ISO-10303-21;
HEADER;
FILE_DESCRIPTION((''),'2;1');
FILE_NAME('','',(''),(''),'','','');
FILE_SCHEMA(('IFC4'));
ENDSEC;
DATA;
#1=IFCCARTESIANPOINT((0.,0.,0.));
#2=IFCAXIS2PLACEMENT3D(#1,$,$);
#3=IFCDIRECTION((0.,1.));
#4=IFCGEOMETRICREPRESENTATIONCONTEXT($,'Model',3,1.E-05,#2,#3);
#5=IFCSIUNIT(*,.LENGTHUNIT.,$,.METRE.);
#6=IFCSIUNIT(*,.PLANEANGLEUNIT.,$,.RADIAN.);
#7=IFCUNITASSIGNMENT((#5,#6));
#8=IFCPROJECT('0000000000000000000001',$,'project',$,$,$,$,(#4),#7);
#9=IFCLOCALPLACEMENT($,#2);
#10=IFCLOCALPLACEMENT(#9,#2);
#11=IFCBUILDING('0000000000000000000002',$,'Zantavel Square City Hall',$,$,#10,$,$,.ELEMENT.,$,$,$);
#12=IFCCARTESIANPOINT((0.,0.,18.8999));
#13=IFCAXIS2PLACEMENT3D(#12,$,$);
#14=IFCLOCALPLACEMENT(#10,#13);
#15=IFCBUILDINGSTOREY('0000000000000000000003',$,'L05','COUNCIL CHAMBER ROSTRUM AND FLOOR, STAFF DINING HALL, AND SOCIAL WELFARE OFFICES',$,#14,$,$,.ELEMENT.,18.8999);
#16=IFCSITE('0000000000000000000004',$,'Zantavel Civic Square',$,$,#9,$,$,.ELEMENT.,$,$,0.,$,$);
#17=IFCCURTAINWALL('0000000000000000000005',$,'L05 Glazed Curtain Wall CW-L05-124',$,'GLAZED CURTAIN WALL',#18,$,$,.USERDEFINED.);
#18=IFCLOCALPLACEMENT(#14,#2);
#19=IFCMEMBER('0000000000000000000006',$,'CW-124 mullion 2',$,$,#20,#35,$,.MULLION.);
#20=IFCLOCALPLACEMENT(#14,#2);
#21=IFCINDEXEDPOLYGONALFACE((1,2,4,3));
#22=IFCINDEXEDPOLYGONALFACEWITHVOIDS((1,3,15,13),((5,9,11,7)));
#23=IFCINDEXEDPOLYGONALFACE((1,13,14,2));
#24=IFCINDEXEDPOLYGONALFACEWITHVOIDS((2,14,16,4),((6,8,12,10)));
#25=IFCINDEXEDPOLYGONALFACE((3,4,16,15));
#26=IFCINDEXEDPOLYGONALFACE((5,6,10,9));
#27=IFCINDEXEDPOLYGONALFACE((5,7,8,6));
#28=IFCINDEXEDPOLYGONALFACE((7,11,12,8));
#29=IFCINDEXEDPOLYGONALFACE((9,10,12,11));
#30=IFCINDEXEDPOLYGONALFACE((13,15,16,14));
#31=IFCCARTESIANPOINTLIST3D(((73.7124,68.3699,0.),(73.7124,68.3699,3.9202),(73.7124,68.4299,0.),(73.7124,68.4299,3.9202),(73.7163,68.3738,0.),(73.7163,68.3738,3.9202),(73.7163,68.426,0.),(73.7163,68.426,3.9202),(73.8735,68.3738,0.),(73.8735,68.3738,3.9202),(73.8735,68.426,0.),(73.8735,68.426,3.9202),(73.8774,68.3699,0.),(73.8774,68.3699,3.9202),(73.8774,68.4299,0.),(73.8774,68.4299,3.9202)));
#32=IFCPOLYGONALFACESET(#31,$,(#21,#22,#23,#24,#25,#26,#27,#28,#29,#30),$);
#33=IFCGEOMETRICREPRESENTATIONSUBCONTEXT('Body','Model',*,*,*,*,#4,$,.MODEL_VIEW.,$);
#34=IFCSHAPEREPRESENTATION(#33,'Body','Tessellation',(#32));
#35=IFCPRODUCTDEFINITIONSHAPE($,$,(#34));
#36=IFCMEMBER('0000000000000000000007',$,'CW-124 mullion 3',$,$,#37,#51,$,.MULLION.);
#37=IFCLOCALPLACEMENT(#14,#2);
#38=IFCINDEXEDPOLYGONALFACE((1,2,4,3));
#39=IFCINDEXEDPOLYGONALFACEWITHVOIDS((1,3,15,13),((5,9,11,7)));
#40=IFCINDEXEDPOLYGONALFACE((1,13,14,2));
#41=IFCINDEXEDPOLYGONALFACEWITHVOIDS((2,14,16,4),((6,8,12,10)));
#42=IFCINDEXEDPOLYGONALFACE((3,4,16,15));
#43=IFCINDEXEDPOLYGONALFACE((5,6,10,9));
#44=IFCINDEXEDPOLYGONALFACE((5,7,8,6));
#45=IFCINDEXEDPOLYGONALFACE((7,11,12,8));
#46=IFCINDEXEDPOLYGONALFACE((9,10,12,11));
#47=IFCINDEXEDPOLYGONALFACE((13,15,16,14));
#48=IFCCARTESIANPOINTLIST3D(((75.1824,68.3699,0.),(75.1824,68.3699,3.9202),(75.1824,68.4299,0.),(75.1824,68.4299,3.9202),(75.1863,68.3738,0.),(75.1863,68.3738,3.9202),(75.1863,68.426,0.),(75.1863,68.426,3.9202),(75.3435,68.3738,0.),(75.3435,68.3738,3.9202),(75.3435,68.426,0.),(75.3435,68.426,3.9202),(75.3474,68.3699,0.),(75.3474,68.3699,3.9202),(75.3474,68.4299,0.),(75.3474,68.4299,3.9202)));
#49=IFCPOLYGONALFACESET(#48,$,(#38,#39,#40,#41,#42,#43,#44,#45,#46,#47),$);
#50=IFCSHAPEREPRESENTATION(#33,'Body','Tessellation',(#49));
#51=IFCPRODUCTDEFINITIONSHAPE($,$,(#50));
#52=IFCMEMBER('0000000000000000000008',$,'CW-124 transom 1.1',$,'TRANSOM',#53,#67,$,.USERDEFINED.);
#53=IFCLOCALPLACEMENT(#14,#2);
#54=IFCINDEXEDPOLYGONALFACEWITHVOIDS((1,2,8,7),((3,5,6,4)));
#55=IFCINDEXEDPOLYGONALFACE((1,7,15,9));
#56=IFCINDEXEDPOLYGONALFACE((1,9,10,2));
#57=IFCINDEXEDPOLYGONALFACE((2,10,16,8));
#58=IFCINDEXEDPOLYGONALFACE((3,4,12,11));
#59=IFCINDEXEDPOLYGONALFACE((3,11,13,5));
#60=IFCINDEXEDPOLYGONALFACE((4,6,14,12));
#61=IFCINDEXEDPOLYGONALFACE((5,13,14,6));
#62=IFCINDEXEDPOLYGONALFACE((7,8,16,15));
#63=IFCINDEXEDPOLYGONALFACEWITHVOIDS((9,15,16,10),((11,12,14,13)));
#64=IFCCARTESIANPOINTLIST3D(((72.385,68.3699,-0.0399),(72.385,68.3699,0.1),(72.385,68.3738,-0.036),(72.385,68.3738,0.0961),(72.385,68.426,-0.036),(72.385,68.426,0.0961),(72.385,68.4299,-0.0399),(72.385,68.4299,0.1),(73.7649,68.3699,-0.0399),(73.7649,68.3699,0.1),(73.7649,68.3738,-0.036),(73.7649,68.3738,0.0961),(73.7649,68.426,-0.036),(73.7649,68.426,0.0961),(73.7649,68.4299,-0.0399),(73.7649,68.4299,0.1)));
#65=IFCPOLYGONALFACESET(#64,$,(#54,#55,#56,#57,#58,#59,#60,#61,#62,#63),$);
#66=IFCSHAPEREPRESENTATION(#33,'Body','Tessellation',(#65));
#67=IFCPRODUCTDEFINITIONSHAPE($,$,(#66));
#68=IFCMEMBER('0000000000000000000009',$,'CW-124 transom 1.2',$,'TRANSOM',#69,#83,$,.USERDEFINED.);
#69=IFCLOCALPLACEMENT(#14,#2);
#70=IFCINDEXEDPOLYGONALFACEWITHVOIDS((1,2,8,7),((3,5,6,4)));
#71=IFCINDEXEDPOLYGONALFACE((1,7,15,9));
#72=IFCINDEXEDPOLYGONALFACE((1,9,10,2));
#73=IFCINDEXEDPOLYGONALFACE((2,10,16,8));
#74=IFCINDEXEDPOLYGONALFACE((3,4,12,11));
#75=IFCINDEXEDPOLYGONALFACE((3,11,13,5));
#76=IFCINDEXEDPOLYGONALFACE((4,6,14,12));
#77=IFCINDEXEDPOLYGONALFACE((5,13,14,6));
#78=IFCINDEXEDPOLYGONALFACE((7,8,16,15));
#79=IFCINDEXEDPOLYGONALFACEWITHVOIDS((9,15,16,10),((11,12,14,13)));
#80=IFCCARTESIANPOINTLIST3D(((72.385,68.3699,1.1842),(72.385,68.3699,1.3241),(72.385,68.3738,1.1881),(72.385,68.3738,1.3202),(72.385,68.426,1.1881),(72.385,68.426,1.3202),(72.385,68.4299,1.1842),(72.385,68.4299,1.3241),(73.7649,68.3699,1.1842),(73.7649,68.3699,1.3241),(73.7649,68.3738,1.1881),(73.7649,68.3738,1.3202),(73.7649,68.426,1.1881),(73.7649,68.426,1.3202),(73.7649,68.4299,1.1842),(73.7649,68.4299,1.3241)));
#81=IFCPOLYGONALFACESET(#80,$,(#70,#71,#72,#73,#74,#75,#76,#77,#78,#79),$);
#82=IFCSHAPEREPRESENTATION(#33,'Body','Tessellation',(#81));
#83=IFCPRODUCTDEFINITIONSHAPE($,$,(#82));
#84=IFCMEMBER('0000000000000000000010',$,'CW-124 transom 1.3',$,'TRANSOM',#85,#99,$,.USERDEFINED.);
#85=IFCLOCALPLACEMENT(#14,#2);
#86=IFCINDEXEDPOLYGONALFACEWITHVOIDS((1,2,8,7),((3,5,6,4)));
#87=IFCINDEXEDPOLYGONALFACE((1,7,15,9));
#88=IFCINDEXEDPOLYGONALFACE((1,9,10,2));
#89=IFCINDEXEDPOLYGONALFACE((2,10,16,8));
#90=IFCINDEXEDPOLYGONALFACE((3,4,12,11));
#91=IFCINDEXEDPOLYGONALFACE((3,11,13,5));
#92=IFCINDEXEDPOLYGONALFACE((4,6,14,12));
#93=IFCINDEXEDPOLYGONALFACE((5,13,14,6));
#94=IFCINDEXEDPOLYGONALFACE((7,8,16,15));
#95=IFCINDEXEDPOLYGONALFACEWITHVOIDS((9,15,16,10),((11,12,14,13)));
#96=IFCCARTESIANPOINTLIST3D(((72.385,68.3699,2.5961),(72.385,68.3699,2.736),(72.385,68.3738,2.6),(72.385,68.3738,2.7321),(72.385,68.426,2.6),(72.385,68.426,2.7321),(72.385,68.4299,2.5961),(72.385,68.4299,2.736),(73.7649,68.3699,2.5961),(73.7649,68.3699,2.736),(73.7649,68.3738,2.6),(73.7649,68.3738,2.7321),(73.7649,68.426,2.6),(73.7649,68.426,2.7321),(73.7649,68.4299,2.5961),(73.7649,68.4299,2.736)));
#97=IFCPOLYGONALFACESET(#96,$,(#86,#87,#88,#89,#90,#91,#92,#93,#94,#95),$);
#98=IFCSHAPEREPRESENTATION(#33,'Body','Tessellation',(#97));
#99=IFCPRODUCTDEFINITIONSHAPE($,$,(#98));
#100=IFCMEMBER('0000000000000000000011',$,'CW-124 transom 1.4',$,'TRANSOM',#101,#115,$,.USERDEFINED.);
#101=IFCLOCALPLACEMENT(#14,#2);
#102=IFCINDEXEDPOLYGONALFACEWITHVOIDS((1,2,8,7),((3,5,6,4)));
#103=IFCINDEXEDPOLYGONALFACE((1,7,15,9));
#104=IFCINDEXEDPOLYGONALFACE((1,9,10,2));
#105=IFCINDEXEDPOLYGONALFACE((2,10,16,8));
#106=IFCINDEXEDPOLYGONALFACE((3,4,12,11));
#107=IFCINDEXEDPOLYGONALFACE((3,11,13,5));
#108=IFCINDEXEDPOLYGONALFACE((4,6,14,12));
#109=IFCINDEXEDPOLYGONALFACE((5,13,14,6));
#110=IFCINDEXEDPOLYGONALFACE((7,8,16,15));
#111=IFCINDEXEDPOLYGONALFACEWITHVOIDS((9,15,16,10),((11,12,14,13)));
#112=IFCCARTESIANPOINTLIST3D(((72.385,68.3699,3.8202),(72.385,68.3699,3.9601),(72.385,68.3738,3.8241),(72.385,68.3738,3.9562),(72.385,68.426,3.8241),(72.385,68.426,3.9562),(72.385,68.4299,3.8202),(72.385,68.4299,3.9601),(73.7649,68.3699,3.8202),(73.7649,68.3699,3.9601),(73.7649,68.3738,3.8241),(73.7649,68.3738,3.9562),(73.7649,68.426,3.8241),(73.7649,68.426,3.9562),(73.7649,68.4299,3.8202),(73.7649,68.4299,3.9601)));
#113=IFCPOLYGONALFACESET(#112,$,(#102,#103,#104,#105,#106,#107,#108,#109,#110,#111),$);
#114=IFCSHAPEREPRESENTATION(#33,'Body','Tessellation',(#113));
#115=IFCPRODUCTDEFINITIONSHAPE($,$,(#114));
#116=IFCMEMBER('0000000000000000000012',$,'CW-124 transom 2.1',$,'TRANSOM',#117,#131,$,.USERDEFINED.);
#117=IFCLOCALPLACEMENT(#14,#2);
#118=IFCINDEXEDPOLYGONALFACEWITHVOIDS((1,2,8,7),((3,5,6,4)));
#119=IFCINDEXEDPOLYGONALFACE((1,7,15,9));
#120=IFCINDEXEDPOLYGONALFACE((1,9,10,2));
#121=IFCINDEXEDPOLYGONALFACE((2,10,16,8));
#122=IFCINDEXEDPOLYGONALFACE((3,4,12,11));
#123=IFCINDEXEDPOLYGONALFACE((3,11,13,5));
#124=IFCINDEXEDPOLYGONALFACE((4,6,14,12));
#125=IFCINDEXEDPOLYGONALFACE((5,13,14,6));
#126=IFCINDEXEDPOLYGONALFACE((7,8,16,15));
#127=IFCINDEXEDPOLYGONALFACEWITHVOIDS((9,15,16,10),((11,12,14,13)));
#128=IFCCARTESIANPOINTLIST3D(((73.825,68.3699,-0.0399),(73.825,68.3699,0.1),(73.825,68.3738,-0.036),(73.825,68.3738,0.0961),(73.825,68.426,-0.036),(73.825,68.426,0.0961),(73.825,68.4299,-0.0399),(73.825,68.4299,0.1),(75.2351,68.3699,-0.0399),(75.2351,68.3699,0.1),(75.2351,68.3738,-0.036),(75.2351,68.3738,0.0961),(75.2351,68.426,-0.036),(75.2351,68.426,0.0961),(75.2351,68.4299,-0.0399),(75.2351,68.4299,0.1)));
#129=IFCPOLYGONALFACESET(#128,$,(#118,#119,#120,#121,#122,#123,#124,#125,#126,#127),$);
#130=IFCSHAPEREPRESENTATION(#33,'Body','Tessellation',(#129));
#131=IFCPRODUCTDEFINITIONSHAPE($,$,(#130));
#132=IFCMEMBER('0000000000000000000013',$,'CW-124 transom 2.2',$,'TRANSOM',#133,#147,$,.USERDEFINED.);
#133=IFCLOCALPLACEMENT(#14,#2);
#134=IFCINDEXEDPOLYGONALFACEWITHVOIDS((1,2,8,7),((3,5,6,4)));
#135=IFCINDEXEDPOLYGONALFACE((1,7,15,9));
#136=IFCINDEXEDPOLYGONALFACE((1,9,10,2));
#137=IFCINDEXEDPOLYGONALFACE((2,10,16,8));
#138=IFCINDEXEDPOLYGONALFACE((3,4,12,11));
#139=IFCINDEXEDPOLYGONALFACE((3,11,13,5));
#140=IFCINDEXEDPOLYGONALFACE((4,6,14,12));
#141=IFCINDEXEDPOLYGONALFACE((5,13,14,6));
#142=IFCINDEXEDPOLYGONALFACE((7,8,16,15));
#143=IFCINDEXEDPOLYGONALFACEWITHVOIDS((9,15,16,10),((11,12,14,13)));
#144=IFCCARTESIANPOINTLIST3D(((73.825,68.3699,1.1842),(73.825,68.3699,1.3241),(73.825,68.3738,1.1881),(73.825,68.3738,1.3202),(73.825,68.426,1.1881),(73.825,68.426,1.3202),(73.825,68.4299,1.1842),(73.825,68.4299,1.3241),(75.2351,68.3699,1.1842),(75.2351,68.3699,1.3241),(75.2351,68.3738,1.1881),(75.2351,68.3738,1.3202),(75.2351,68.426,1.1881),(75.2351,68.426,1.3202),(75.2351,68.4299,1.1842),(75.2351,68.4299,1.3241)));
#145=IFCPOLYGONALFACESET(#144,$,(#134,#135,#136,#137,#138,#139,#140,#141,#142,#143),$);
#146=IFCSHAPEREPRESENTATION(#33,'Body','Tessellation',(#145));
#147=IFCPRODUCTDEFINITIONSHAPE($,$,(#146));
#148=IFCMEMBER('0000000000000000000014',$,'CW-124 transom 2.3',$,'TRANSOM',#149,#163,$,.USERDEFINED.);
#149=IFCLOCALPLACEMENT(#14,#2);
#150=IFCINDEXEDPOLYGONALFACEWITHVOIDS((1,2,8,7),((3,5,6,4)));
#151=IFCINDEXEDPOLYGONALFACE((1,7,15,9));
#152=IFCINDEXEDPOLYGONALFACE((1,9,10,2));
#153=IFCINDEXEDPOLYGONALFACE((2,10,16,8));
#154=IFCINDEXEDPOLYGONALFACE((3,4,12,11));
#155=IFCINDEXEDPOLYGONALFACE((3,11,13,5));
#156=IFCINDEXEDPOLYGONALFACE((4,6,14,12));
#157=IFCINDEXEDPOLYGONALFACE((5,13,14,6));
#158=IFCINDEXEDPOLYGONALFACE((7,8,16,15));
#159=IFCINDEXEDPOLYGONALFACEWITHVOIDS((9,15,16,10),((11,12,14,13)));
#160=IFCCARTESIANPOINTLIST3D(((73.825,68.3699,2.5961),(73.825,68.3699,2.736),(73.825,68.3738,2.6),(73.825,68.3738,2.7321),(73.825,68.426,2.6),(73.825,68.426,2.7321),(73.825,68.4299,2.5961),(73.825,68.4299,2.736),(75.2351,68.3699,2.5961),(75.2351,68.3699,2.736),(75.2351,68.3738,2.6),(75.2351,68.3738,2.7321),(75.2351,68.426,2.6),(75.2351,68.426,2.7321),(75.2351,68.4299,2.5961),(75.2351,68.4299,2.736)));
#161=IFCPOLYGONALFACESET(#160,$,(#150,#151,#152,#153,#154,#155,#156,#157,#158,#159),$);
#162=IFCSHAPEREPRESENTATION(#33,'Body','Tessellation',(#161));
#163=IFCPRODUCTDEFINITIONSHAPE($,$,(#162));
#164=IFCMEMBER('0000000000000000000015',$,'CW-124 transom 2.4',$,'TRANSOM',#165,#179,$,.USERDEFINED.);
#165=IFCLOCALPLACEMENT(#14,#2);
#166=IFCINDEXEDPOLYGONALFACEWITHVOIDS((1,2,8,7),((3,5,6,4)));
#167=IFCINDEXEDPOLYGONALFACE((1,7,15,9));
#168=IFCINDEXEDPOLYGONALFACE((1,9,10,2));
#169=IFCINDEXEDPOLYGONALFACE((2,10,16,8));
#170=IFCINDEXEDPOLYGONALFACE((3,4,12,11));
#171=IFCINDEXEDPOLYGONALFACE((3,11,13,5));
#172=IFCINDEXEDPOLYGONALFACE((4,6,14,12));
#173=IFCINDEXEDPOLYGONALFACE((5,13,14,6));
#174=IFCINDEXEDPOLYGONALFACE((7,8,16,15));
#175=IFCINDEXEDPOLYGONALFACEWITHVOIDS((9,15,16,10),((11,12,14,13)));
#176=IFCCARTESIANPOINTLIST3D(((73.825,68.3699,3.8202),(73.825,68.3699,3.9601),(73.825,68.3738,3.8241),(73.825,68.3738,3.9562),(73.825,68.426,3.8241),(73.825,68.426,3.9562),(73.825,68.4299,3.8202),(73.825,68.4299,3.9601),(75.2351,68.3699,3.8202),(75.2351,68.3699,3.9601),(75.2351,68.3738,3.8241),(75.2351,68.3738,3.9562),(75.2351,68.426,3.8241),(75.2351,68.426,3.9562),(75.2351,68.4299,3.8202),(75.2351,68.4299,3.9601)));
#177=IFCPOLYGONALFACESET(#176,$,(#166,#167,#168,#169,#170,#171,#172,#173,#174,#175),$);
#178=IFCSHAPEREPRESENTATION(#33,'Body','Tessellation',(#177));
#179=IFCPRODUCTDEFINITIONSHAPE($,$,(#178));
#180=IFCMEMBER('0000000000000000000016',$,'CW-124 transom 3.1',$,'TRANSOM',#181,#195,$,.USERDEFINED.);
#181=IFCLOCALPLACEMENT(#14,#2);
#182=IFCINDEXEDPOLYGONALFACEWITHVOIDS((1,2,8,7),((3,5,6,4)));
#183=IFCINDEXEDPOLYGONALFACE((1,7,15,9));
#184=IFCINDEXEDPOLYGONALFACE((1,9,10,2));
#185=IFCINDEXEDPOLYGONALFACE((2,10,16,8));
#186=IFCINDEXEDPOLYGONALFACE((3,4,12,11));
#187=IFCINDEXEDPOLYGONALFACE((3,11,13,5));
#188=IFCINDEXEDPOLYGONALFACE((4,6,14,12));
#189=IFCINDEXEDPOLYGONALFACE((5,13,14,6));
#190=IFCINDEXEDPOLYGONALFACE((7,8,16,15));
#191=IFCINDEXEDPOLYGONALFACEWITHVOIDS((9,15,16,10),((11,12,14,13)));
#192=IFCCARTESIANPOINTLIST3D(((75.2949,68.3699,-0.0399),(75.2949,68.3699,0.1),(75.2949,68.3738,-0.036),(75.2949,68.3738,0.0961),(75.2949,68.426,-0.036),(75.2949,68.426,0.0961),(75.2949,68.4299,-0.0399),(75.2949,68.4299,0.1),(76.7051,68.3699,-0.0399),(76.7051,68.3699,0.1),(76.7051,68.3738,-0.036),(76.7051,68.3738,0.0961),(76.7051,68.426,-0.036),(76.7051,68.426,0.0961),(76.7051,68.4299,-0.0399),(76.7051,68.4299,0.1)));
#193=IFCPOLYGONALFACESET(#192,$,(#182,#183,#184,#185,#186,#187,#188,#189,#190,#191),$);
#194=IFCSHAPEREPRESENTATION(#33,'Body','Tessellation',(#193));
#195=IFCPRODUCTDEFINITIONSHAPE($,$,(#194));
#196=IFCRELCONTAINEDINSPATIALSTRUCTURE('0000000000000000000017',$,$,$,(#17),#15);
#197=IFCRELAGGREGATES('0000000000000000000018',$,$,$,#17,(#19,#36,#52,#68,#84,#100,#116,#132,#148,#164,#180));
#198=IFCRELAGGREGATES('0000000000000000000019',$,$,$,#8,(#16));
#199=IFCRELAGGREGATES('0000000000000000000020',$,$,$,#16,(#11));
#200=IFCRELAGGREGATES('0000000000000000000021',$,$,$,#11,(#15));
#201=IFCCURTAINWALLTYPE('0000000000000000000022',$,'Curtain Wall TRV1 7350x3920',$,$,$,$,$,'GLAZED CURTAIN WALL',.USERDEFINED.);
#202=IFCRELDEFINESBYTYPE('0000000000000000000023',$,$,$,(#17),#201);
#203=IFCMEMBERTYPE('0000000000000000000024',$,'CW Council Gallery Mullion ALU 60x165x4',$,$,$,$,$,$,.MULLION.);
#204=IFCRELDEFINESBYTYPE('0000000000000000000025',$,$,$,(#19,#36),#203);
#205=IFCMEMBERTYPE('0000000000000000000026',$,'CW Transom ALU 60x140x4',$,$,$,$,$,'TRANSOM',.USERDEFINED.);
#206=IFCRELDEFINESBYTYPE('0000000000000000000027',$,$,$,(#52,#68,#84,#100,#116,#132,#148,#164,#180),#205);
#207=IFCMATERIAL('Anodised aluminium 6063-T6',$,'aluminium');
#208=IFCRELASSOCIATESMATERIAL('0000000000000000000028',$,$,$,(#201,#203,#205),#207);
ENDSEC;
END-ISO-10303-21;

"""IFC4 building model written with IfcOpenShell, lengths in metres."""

from ifc_helpers import new_model, si_unit, direction, frame, origin, origin_2d, place, context, subcontext, project, spatial, hollow_rectangle, extrude, material, material_profile, profile_set, type_object, element, aggregate, save


model = new_model("IFC4")

# Units and contexts
model_context = context("Model", 3, precision=1e-05, world=origin(), true_north=direction((0.0, 1.0)))
body_context = subcontext(model_context, "Body", "Model", "MODEL_VIEW")
ifc_project = project(units=[si_unit("LENGTHUNIT", "METRE"), si_unit("PLANEANGLEUNIT", "RADIAN")], contexts=[model_context])

# Site, building, storey
site_placement = place(None, origin())
site = spatial("IfcSite", under=ifc_project, at=site_placement, Name="Zantavel Civic Square", CompositionType="ELEMENT", RefElevation=0.0)
building_placement = place(site_placement, origin())
building = spatial("IfcBuilding", under=site, at=building_placement, Name="Zantavel Square City Hall", CompositionType="ELEMENT")
storey_placement = place(building_placement, frame((0.0, 0.0, 18.8999)))
storey = spatial("IfcBuildingStorey", under=building, at=storey_placement, Name="L05", Description="COUNCIL CHAMBER ROSTRUM AND FLOOR, STAFF DINING HALL, AND SOCIAL WELFARE OFFICES", CompositionType="ELEMENT", Elevation=18.8999)

# Curtain wall, members
ifc_material_1 = material(Name="Anodised aluminium 6063-T6", Category="aluminium")
curtain_wall_type = type_object("IfcCurtainWallType", Name="Curtain Wall TRV1 7350x3920", ElementType="GLAZED CURTAIN WALL", PredefinedType="USERDEFINED", material=ifc_material_1)
curtain_wall_placement = place(storey_placement, origin())
curtain_wall = element("IfcCurtainWall", 1, at=curtain_wall_placement, inside=storey, type_object=curtain_wall_type, Name="L05 Glazed Curtain Wall CW-L05-124", ObjectType="GLAZED CURTAIN WALL", PredefinedType="USERDEFINED")
ifc_material_profile_1 = material_profile(ifc_material_1, hollow_rectangle(XDim=0.0601, YDim=0.165, WallThickness=0.0039, at=origin_2d()), Name="ALU 60x165x4")
ifc_profile_set_1 = profile_set([ifc_material_profile_1], Name="Anodised aluminium 6063-T6")
member_type_1 = type_object("IfcMemberType", Name="CW Council Gallery Mullion ALU 60x165x4", PredefinedType="MULLION", material=ifc_profile_set_1)
member_1_placement = place(storey_placement, frame((73.7949, 68.3999, 0.0), z_axis=(0.0, 0.0, 1.0), x_axis=(0.0, 1.0, 0.0)))
member_1 = element("IfcMember", 2, at=member_1_placement, type_object=member_type_1, Name="CW-124 mullion 2", PredefinedType="MULLION", context=body_context, shape_type="SweptSolid", body=[
    extrude(hollow_rectangle(XDim=0.0601, YDim=0.165, WallThickness=0.0039, at=origin_2d()), origin(), (0.0, 0.0, 1.0), 3.9202),
])
member_2_placement = place(storey_placement, frame((75.2649, 68.3999, 0.0), z_axis=(0.0, 0.0, 1.0), x_axis=(0.0, 1.0, 0.0)))
member_2 = element("IfcMember", 3, at=member_2_placement, type_object=member_type_1, Name="CW-124 mullion 3", PredefinedType="MULLION", context=body_context, shape_type="SweptSolid", body=[
    extrude(hollow_rectangle(XDim=0.0601, YDim=0.165, WallThickness=0.0039, at=origin_2d()), origin(), (0.0, 0.0, 1.0), 3.9202),
])
ifc_material_profile_2 = material_profile(ifc_material_1, hollow_rectangle(XDim=0.0601, YDim=0.1399, WallThickness=0.0039, at=origin_2d()), Name="ALU 60x140x4")
ifc_profile_set_2 = profile_set([ifc_material_profile_2], Name="Anodised aluminium 6063-T6")
member_type_2 = type_object("IfcMemberType", Name="CW Transom ALU 60x140x4", ElementType="TRANSOM", PredefinedType="USERDEFINED", material=ifc_profile_set_2)
member_3_placement = place(storey_placement, frame((72.385, 68.3999, 0.03), z_axis=(1.0, 0.0, 0.0), x_axis=(0.0, 1.0, 0.0)))
member_3 = element("IfcMember", 4, at=member_3_placement, type_object=member_type_2, Name="CW-124 transom 1.1", ObjectType="TRANSOM", PredefinedType="USERDEFINED", context=body_context, shape_type="SweptSolid", body=[
    extrude(hollow_rectangle(XDim=0.0601, YDim=0.1399, WallThickness=0.0039, at=origin_2d()), origin(), (0.0, 0.0, 1.0), 1.3799),
])
member_4_placement = place(storey_placement, frame((72.385, 68.3999, 1.2542), z_axis=(1.0, 0.0, 0.0), x_axis=(0.0, 1.0, 0.0)))
member_4 = element("IfcMember", 5, at=member_4_placement, type_object=member_type_2, Name="CW-124 transom 1.2", ObjectType="TRANSOM", PredefinedType="USERDEFINED", context=body_context, shape_type="SweptSolid", body=[
    extrude(hollow_rectangle(XDim=0.0601, YDim=0.1399, WallThickness=0.0039, at=origin_2d()), origin(), (0.0, 0.0, 1.0), 1.3799),
])
member_5_placement = place(storey_placement, frame((72.385, 68.3999, 2.666), z_axis=(1.0, 0.0, 0.0), x_axis=(0.0, 1.0, 0.0)))
member_5 = element("IfcMember", 6, at=member_5_placement, type_object=member_type_2, Name="CW-124 transom 1.3", ObjectType="TRANSOM", PredefinedType="USERDEFINED", context=body_context, shape_type="SweptSolid", body=[
    extrude(hollow_rectangle(XDim=0.0601, YDim=0.1399, WallThickness=0.0039, at=origin_2d()), origin(), (0.0, 0.0, 1.0), 1.3799),
])
member_6_placement = place(storey_placement, frame((72.385, 68.3999, 3.8901), z_axis=(1.0, 0.0, 0.0), x_axis=(0.0, 1.0, 0.0)))
member_6 = element("IfcMember", 7, at=member_6_placement, type_object=member_type_2, Name="CW-124 transom 1.4", ObjectType="TRANSOM", PredefinedType="USERDEFINED", context=body_context, shape_type="SweptSolid", body=[
    extrude(hollow_rectangle(XDim=0.0601, YDim=0.1399, WallThickness=0.0039, at=origin_2d()), origin(), (0.0, 0.0, 1.0), 1.3799),
])
member_7_placement = place(storey_placement, frame((73.825, 68.3999, 0.03), z_axis=(1.0, 0.0, 0.0), x_axis=(0.0, 1.0, 0.0)))
member_7 = element("IfcMember", 8, at=member_7_placement, type_object=member_type_2, Name="CW-124 transom 2.1", ObjectType="TRANSOM", PredefinedType="USERDEFINED", context=body_context, shape_type="SweptSolid", body=[
    extrude(hollow_rectangle(XDim=0.0601, YDim=0.1399, WallThickness=0.0039, at=origin_2d()), origin(), (0.0, 0.0, 1.0), 1.4102),
])
member_8_placement = place(storey_placement, frame((73.825, 68.3999, 1.2542), z_axis=(1.0, 0.0, 0.0), x_axis=(0.0, 1.0, 0.0)))
member_8 = element("IfcMember", 9, at=member_8_placement, type_object=member_type_2, Name="CW-124 transom 2.2", ObjectType="TRANSOM", PredefinedType="USERDEFINED", context=body_context, shape_type="SweptSolid", body=[
    extrude(hollow_rectangle(XDim=0.0601, YDim=0.1399, WallThickness=0.0039, at=origin_2d()), origin(), (0.0, 0.0, 1.0), 1.4102),
])
member_9_placement = place(storey_placement, frame((73.825, 68.3999, 2.666), z_axis=(1.0, 0.0, 0.0), x_axis=(0.0, 1.0, 0.0)))
member_9 = element("IfcMember", 10, at=member_9_placement, type_object=member_type_2, Name="CW-124 transom 2.3", ObjectType="TRANSOM", PredefinedType="USERDEFINED", context=body_context, shape_type="SweptSolid", body=[
    extrude(hollow_rectangle(XDim=0.0601, YDim=0.1399, WallThickness=0.0039, at=origin_2d()), origin(), (0.0, 0.0, 1.0), 1.4102),
])
member_10_placement = place(storey_placement, frame((73.825, 68.3999, 3.8901), z_axis=(1.0, 0.0, 0.0), x_axis=(0.0, 1.0, 0.0)))
member_10 = element("IfcMember", 11, at=member_10_placement, type_object=member_type_2, Name="CW-124 transom 2.4", ObjectType="TRANSOM", PredefinedType="USERDEFINED", context=body_context, shape_type="SweptSolid", body=[
    extrude(hollow_rectangle(XDim=0.0601, YDim=0.1399, WallThickness=0.0039, at=origin_2d()), origin(), (0.0, 0.0, 1.0), 1.4102),
])
member_11_placement = place(storey_placement, frame((75.2949, 68.3999, 0.03), z_axis=(1.0, 0.0, 0.0), x_axis=(0.0, 1.0, 0.0)))
member_11 = element("IfcMember", 12, at=member_11_placement, type_object=member_type_2, Name="CW-124 transom 3.1", ObjectType="TRANSOM", PredefinedType="USERDEFINED", context=body_context, shape_type="SweptSolid", body=[
    extrude(hollow_rectangle(XDim=0.0601, YDim=0.1399, WallThickness=0.0039, at=origin_2d()), origin(), (0.0, 0.0, 1.0), 1.4102),
])
aggregate(curtain_wall, [member_1, member_2, member_3, member_4, member_5, member_6, member_7, member_8, member_9, member_10, member_11])

save(model, "model.ifc")
